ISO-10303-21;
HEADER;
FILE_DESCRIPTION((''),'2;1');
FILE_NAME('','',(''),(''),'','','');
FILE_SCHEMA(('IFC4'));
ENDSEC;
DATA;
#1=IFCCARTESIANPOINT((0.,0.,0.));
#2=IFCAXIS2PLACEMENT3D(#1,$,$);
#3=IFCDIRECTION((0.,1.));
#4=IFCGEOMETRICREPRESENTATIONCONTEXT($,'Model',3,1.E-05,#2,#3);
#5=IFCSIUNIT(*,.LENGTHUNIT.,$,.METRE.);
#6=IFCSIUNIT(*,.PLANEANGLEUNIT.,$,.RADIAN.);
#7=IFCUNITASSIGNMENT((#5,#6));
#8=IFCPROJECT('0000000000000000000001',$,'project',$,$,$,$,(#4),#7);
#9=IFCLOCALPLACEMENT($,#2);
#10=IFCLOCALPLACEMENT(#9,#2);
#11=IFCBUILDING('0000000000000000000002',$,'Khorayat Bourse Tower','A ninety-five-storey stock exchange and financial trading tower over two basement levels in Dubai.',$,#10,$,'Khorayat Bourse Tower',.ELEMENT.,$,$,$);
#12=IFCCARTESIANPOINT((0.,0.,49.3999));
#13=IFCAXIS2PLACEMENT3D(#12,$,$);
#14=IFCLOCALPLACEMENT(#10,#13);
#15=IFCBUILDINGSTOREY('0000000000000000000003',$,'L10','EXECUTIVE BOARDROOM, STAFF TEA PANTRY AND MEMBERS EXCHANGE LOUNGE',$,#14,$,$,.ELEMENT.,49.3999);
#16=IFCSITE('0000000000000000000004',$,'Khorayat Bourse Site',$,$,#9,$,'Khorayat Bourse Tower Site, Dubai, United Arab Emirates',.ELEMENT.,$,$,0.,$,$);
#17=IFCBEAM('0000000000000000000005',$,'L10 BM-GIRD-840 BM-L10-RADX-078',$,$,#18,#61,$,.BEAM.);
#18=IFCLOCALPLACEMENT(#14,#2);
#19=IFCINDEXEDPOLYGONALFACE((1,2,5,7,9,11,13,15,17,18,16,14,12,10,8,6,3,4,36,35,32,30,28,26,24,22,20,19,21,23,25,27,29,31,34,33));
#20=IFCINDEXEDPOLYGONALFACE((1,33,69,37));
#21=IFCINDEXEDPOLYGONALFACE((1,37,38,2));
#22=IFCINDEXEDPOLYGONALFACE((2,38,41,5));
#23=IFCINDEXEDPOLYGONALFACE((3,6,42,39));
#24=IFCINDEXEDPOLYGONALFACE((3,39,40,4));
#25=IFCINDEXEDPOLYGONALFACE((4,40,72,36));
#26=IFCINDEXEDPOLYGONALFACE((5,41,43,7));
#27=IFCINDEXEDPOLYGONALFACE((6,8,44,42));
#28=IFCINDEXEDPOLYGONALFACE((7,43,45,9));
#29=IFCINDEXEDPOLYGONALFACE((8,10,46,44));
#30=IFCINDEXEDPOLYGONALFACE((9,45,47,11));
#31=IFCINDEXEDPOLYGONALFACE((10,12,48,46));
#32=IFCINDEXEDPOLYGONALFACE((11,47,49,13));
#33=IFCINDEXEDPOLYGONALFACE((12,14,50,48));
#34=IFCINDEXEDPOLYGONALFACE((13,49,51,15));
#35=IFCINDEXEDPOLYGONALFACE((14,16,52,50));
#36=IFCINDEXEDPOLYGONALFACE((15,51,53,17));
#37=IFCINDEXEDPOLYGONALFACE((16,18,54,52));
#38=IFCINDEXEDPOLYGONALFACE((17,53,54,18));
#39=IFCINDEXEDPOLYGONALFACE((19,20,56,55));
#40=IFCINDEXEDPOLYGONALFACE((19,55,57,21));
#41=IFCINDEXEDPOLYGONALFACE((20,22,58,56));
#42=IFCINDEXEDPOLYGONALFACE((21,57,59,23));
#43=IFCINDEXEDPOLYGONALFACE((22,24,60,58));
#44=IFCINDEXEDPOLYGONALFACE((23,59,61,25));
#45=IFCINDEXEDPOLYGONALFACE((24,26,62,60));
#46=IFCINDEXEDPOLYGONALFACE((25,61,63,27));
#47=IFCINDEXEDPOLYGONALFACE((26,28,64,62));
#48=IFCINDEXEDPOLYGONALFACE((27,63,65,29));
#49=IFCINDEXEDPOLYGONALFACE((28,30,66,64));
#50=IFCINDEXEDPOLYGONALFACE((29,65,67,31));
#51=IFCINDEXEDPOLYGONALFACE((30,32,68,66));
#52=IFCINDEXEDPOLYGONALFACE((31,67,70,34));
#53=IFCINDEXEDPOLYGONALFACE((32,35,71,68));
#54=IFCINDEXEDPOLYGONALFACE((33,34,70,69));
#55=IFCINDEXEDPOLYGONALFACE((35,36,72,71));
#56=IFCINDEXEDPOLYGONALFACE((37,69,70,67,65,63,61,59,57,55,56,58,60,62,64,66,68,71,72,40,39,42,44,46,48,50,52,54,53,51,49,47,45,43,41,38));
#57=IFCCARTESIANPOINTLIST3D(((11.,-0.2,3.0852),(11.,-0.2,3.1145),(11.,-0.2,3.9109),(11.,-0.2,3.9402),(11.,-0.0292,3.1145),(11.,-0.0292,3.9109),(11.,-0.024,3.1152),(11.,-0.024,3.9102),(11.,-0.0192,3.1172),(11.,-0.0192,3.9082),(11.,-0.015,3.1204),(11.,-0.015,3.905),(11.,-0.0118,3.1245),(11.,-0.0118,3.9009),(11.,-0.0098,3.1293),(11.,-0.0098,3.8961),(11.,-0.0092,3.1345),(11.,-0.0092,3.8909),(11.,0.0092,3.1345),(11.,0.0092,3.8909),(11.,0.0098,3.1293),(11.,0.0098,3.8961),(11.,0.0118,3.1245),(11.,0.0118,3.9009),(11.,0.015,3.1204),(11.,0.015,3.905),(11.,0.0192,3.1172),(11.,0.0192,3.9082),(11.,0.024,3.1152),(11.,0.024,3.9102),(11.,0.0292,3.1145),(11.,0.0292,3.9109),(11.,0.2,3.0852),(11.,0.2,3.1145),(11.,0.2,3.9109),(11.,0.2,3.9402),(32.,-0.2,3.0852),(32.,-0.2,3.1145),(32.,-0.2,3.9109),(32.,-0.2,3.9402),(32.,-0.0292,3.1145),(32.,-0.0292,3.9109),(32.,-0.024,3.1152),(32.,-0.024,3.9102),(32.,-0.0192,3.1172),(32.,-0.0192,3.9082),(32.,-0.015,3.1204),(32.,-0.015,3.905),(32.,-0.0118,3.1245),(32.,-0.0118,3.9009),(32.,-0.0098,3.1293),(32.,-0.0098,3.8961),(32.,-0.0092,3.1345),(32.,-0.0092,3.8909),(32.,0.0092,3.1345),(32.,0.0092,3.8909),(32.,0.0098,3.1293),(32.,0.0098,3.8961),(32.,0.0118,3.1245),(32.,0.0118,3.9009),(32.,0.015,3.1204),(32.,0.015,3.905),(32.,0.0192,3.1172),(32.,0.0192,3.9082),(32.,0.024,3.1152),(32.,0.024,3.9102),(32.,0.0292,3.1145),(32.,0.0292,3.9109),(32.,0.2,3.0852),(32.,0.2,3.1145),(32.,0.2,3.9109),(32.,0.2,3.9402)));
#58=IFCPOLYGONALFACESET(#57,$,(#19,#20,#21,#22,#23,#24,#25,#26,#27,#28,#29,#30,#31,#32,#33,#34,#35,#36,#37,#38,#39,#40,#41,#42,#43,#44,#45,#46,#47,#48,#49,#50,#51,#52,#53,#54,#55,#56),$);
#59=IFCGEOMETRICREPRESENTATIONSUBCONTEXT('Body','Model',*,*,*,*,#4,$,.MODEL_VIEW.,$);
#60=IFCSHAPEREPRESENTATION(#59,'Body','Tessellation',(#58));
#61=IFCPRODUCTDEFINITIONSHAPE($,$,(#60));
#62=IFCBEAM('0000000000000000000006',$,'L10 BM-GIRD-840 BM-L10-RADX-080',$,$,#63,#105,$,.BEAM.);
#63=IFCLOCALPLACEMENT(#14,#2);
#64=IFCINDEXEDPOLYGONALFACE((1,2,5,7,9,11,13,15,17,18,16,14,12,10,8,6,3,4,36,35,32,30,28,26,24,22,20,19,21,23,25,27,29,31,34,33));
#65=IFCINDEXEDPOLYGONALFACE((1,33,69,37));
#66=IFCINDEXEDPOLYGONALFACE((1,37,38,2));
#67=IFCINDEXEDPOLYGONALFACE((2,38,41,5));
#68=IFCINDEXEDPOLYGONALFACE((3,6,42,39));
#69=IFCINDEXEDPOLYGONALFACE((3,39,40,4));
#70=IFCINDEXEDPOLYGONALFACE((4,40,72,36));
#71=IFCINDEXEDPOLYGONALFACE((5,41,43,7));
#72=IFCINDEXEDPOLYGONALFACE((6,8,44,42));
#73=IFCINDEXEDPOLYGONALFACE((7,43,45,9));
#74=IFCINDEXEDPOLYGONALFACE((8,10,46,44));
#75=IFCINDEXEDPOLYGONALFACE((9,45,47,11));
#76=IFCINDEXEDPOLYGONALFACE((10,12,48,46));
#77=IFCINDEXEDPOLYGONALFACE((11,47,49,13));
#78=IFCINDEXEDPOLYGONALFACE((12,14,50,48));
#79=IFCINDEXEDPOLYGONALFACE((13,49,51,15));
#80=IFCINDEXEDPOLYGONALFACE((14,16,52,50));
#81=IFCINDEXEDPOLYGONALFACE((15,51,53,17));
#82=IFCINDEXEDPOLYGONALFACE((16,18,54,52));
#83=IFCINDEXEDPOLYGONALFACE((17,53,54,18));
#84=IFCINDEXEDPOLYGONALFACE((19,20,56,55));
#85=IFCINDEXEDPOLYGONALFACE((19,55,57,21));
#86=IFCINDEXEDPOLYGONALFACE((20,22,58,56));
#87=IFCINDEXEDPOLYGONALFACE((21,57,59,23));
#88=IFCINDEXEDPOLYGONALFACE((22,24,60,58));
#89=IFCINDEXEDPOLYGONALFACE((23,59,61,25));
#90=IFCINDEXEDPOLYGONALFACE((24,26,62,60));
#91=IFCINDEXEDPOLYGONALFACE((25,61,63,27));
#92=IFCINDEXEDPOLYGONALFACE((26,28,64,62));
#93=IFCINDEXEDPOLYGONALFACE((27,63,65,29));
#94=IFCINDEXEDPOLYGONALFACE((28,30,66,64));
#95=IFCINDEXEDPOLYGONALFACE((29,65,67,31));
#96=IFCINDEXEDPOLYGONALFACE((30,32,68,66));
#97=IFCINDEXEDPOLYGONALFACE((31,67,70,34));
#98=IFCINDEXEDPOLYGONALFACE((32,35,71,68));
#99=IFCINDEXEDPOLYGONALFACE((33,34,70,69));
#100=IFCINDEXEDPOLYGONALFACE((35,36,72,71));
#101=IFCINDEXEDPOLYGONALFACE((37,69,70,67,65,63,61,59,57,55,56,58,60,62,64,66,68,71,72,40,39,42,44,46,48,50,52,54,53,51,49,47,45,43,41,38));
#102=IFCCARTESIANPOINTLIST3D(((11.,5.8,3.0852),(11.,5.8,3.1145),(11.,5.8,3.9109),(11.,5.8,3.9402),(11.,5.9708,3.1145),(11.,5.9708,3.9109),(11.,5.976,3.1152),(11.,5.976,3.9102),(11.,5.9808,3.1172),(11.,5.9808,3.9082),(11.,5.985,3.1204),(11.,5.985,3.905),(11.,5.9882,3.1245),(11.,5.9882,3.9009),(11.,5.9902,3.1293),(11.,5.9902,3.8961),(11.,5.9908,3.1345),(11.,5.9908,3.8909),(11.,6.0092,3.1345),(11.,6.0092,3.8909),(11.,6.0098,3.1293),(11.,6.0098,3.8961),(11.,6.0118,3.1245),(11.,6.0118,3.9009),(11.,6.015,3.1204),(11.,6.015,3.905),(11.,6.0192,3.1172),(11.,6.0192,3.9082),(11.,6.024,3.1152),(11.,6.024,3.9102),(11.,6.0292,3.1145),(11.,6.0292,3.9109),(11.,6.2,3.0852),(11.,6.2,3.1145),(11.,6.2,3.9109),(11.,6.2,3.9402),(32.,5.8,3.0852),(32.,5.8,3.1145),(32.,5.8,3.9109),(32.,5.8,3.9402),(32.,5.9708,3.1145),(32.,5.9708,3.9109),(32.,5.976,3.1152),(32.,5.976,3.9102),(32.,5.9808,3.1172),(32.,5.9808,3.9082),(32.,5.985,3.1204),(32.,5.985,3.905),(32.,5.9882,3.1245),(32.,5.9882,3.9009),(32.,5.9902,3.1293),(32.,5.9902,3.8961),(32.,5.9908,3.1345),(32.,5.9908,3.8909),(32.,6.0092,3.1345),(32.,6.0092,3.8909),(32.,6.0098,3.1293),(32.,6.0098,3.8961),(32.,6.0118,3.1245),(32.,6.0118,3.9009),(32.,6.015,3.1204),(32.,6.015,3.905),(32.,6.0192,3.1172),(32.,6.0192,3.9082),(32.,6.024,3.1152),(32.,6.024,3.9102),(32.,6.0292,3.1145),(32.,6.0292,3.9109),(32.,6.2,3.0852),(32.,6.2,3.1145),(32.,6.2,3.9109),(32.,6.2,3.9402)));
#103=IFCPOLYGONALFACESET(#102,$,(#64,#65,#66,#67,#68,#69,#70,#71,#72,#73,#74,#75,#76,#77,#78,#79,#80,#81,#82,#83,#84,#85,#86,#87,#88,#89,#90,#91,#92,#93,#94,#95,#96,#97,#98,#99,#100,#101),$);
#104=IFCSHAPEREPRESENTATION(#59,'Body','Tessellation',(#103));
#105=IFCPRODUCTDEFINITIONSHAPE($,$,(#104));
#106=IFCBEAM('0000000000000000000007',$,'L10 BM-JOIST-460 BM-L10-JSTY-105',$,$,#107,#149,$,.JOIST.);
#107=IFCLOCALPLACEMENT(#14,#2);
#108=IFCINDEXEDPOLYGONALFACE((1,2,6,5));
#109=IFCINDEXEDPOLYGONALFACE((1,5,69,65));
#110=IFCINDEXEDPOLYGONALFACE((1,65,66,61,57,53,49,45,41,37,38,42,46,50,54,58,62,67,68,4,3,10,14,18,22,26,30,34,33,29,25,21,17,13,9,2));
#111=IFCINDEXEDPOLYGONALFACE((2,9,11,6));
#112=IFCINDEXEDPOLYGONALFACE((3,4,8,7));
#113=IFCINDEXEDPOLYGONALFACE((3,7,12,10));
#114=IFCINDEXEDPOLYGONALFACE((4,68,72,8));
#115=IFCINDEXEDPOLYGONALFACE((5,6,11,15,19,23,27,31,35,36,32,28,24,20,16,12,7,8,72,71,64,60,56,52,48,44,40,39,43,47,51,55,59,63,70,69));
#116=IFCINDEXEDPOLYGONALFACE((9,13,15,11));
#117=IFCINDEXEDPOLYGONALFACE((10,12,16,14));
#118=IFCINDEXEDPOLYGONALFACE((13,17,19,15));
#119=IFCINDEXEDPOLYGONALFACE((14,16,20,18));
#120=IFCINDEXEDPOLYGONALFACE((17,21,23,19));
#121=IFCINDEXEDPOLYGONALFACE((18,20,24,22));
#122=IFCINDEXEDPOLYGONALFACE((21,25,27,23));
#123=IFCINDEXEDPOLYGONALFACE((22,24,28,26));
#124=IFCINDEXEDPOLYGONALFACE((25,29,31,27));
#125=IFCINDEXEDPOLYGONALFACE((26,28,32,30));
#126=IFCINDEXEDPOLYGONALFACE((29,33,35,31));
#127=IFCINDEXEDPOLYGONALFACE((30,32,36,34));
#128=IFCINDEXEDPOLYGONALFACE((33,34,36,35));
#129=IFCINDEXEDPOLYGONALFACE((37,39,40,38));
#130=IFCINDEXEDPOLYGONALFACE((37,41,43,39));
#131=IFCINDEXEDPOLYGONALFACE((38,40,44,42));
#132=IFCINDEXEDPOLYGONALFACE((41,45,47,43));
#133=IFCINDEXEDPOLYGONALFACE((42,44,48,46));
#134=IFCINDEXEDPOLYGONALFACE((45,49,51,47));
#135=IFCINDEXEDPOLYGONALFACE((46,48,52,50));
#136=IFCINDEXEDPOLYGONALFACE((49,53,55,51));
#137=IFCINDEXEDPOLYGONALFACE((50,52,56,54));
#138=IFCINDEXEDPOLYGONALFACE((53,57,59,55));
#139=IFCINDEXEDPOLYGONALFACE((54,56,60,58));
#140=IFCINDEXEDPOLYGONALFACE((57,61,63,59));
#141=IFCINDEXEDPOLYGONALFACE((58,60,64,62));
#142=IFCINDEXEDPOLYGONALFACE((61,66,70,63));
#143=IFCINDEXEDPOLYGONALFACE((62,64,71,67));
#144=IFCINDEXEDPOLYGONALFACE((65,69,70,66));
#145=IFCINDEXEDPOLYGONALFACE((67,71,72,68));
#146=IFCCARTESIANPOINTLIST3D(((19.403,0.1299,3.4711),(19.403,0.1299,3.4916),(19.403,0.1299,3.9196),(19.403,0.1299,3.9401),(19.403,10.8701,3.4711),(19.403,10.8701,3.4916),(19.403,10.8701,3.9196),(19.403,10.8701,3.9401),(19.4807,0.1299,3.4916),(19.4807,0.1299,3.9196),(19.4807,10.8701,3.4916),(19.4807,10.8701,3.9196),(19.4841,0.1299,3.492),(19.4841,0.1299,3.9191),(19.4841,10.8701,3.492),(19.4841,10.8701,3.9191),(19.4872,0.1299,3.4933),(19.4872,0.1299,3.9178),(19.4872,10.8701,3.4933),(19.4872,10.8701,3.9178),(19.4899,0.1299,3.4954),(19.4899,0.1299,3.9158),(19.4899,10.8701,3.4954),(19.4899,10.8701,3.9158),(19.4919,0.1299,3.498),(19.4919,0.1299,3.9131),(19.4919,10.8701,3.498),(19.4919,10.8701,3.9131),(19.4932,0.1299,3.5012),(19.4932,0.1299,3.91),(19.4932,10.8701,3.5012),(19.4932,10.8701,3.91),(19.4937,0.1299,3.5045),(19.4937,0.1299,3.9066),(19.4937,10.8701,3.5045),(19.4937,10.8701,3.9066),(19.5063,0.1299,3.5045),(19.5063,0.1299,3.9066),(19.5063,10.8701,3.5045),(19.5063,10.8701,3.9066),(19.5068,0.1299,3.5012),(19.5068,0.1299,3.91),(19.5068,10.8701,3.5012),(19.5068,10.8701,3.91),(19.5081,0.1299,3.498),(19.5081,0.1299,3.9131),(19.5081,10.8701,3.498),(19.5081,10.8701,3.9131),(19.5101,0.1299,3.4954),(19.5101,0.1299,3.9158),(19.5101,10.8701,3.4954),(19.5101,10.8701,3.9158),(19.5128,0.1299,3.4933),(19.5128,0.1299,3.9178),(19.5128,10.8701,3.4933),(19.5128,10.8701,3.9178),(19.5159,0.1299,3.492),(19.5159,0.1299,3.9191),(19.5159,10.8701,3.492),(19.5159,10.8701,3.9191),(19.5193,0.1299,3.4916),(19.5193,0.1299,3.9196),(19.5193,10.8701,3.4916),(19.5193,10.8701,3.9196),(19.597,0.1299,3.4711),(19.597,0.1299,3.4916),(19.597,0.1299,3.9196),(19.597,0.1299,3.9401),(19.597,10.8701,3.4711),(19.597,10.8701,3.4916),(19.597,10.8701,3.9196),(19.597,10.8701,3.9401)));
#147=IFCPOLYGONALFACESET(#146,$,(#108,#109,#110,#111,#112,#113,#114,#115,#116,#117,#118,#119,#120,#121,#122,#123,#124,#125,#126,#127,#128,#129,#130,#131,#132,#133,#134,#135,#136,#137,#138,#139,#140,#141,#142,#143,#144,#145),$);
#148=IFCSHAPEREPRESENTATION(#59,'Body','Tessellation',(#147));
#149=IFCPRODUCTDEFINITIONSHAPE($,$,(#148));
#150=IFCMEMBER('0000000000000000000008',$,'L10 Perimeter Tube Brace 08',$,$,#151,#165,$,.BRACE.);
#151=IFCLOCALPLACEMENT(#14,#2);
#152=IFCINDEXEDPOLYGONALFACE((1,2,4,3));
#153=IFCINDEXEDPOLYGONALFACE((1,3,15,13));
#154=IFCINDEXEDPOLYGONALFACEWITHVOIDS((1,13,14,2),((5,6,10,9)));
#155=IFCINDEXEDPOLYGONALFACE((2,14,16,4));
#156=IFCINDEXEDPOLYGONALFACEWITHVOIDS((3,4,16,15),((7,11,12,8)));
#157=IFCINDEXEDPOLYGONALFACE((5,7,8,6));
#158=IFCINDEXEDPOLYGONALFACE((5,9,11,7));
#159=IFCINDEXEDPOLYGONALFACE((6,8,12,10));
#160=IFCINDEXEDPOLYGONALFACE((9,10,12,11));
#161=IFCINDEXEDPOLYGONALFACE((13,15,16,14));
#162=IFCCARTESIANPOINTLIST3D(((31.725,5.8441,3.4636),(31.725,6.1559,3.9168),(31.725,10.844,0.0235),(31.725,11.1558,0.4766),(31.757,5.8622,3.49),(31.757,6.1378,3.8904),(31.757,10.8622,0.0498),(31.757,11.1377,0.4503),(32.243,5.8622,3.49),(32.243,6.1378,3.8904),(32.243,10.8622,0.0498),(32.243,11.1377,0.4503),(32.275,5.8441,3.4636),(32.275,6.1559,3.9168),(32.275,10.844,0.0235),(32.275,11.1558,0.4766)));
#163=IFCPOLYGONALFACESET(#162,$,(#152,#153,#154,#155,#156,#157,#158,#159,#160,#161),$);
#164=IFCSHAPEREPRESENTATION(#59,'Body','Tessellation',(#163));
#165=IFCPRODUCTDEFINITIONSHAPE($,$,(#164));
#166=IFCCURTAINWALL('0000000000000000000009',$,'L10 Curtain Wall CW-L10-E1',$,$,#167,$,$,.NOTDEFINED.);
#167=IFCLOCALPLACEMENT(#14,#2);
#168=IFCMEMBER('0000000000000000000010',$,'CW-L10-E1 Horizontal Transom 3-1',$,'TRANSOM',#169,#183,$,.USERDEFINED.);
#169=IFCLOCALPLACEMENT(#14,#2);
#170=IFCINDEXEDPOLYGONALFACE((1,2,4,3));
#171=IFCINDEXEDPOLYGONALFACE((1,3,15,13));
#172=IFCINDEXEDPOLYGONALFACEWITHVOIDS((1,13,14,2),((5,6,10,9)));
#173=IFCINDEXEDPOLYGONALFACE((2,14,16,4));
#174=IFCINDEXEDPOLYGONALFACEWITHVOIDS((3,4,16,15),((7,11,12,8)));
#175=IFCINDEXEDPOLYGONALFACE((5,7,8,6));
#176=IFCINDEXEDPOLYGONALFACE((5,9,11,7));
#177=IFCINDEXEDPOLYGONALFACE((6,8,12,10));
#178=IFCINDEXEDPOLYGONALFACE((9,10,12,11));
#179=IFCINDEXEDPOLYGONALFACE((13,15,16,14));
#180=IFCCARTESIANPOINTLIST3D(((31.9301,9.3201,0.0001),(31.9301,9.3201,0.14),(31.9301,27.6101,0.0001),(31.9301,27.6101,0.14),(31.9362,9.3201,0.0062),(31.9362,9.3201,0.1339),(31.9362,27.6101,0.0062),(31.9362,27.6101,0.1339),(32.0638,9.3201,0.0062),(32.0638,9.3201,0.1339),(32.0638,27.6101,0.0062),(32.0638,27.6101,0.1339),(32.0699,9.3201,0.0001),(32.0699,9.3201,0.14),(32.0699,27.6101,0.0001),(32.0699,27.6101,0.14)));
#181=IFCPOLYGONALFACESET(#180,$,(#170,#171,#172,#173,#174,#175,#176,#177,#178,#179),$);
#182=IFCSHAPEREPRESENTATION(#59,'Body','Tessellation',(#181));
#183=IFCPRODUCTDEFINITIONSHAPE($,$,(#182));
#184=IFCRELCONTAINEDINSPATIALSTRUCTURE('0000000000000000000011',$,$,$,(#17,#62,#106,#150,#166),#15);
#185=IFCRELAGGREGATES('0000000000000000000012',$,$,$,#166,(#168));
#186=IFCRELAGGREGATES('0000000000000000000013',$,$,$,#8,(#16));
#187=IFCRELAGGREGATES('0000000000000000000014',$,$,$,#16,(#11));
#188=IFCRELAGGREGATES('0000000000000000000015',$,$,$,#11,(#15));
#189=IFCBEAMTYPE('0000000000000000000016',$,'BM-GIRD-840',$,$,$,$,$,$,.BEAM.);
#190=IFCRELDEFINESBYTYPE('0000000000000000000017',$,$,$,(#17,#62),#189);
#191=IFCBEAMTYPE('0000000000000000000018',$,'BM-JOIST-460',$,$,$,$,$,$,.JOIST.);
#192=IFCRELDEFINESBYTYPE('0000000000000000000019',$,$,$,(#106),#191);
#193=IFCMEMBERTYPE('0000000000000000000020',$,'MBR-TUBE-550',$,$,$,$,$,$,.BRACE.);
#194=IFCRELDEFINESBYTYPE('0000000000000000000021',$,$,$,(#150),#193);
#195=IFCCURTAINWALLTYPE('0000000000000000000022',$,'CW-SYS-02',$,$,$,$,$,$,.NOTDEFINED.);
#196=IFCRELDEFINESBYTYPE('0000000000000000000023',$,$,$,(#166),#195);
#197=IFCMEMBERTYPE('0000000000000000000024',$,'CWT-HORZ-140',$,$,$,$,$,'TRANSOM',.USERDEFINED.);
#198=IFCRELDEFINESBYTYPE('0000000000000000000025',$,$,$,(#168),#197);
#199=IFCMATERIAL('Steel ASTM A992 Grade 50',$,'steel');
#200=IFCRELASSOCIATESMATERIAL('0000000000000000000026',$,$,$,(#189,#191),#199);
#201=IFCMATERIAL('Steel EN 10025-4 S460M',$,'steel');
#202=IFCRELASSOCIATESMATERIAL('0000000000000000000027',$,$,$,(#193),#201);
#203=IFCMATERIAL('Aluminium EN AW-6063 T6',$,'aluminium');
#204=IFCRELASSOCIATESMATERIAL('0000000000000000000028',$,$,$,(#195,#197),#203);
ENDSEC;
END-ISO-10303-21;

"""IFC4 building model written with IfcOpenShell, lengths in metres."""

from ifc_helpers import new_model, si_unit, direction, frame, origin, origin_2d, place, context, subcontext, project, spatial, hollow_rectangle, i_section, extrude, source, transform, mapped, material, material_profile, profile_set, type_object, element, aggregate, save


model = new_model("IFC4")

# Units and contexts
model_context = context("Model", 3, precision=1e-05, world=origin(), true_north=direction((0.0, 1.0)))
body_context = subcontext(model_context, "Body", "Model", "MODEL_VIEW")
ifc_project = project(units=[si_unit("LENGTHUNIT", "METRE"), si_unit("PLANEANGLEUNIT", "RADIAN")], contexts=[model_context])

# Site, building, storey
site_placement = place(None, origin())
site = spatial("IfcSite", under=ifc_project, at=site_placement, Name="Khorayat Bourse Site", LongName="Khorayat Bourse Tower Site, Dubai, United Arab Emirates", CompositionType="ELEMENT", RefElevation=0.0)
building_placement = place(site_placement, origin())
building = spatial("IfcBuilding", under=site, at=building_placement, Name="Khorayat Bourse Tower", Description="A ninety-five-storey stock exchange and financial trading tower over two basement levels in Dubai.", LongName="Khorayat Bourse Tower", CompositionType="ELEMENT")
storey_placement = place(building_placement, frame((0.0, 0.0, 49.3999)))
storey = spatial("IfcBuildingStorey", under=building, at=storey_placement, Name="L10", Description="EXECUTIVE BOARDROOM, STAFF TEA PANTRY AND MEMBERS EXCHANGE LOUNGE", CompositionType="ELEMENT", Elevation=49.3999)

# Shared definitions
ifc_material_1 = material(Name="Steel EN 10025-4 S460M", Category="steel")

# Beams
ifc_material_2 = material(Name="Steel ASTM A992 Grade 50", Category="steel")
ifc_material_profile_1 = material_profile(ifc_material_2, i_section(OverallWidth=0.3999, OverallDepth=0.855, WebThickness=0.0183, FlangeThickness=0.0293, FilletRadius=0.02, at=origin_2d()), Name="W840X299")
ifc_profile_set_1 = profile_set([ifc_material_profile_1], Name="Steel ASTM A992 Grade 50")
beam_type_1 = type_object("IfcBeamType", Name="BM-GIRD-840", PredefinedType="BEAM", material=ifc_profile_set_1)
shared_shape_1 = source(origin(), body_context, "Body", "SweptSolid", [
    extrude(i_section(OverallWidth=0.3999, OverallDepth=0.855, WebThickness=0.0183, FlangeThickness=0.0293, FilletRadius=0.02, at=origin_2d()), origin(), (0.0, 0.0, 1.0), 21.0),
])
for number, where, z_axis, x_axis, name in (
    (1, (11.0, 0.0, 3.5127), (1.0, 0.0, 0.0), (0.0, 1.0, 0.0), "L10 BM-GIRD-840 BM-L10-RADX-078"),
    (2, (11.0, 6.0, 3.5127), (1.0, 0.0, 0.0), (0.0, 1.0, 0.0), "L10 BM-GIRD-840 BM-L10-RADX-080"),
):
    element("IfcBeam", number, at=place(storey_placement, frame(where, z_axis=z_axis, x_axis=x_axis)), inside=storey, type_object=beam_type_1, Name=name, PredefinedType="BEAM", context=body_context, shape_type="MappedRepresentation", body=[
        mapped(shared_shape_1, transform((0.0, 0.0, 0.0), scale=1.0)),
    ])
ifc_material_profile_2 = material_profile(ifc_material_2, i_section(OverallWidth=0.1941, OverallDepth=0.469, WebThickness=0.0127, FlangeThickness=0.0205, FilletRadius=0.0129, at=origin_2d()), Name="W460X106")
ifc_profile_set_2 = profile_set([ifc_material_profile_2], Name="Steel ASTM A992 Grade 50")
beam_type_2 = type_object("IfcBeamType", Name="BM-JOIST-460", PredefinedType="JOIST", material=ifc_profile_set_2)
shared_shape_2 = source(origin(), body_context, "Body", "SweptSolid", [
    extrude(i_section(OverallWidth=0.1941, OverallDepth=0.469, WebThickness=0.0127, FlangeThickness=0.0205, FilletRadius=0.0129, at=origin_2d()), origin(), (0.0, 0.0, 1.0), 10.7402),
])
beam_1_placement = place(storey_placement, frame((19.5, 0.1299, 3.7056), z_axis=(0.0, 1.0, 0.0), x_axis=(-1.0, 0.0, 0.0)))
element("IfcBeam", 3, at=beam_1_placement, inside=storey, type_object=beam_type_2, Name="L10 BM-JOIST-460 BM-L10-JSTY-105", PredefinedType="JOIST", context=body_context, shape_type="MappedRepresentation", body=[
    mapped(shared_shape_2, transform((0.0, 0.0, 0.0), scale=1.0)),
])

# Member
ifc_material_profile_3 = material_profile(ifc_material_1, hollow_rectangle(XDim=0.55, YDim=0.55, WallThickness=0.032, at=origin_2d()), Name="HSS 550x550x32")
ifc_profile_set_3 = profile_set([ifc_material_profile_3], Name="Steel EN 10025-4 S460M")
member_type_1 = type_object("IfcMemberType", Name="MBR-TUBE-550", PredefinedType="BRACE", material=ifc_profile_set_3)
shared_shape_3 = source(origin(), body_context, "Body", "SweptSolid", [
    extrude(hollow_rectangle(XDim=0.55, YDim=0.55, WallThickness=0.032, at=origin_2d()), origin(), (0.0, 0.0, 1.0), 6.0691),
])
member_1_placement = place(storey_placement, frame((32.0, 6.0, 3.6902), z_axis=(0.0, 0.823835, -0.566829), x_axis=(-1.0, 0.0, 0.0)))
element("IfcMember", 4, at=member_1_placement, inside=storey, type_object=member_type_1, Name="L10 Perimeter Tube Brace 08", PredefinedType="BRACE", context=body_context, shape_type="MappedRepresentation", body=[
    mapped(shared_shape_3, transform((0.0, 0.0, 0.0), scale=1.0)),
])

# Curtain wall, member
ifc_material_3 = material(Name="Aluminium EN AW-6063 T6", Category="aluminium")
curtain_wall_type = type_object("IfcCurtainWallType", Name="CW-SYS-02", PredefinedType="NOTDEFINED", material=ifc_material_3)
curtain_wall_placement = place(storey_placement, origin())
curtain_wall = element("IfcCurtainWall", 5, at=curtain_wall_placement, inside=storey, type_object=curtain_wall_type, Name="L10 Curtain Wall CW-L10-E1", PredefinedType="NOTDEFINED")
ifc_material_profile_4 = material_profile(ifc_material_3, hollow_rectangle(XDim=0.1399, YDim=0.1399, WallThickness=0.0061, at=origin_2d()), Name="ALU 140x140x6")
ifc_profile_set_4 = profile_set([ifc_material_profile_4], Name="Aluminium EN AW-6063 T6")
member_type_2 = type_object("IfcMemberType", Name="CWT-HORZ-140", ElementType="TRANSOM", PredefinedType="USERDEFINED", material=ifc_profile_set_4)
shared_shape_4 = source(origin(), body_context, "Body", "SweptSolid", [
    extrude(hollow_rectangle(XDim=0.1399, YDim=0.1399, WallThickness=0.0061, at=origin_2d()), origin(), (0.0, 0.0, 1.0), 18.29),
])
member_2_placement = place(storey_placement, frame((32.0, 9.3201, 0.0701), z_axis=(0.0, 1.0, 0.0), x_axis=(-1.0, 0.0, 0.0)))
member_2 = element("IfcMember", 6, at=member_2_placement, type_object=member_type_2, Name="CW-L10-E1 Horizontal Transom 3-1", ObjectType="TRANSOM", PredefinedType="USERDEFINED", context=body_context, shape_type="MappedRepresentation", body=[
    mapped(shared_shape_4, transform((0.0, 0.0, 0.0), scale=1.0)),
])

aggregate(curtain_wall, [member_2])

save(model, "model.ifc")
